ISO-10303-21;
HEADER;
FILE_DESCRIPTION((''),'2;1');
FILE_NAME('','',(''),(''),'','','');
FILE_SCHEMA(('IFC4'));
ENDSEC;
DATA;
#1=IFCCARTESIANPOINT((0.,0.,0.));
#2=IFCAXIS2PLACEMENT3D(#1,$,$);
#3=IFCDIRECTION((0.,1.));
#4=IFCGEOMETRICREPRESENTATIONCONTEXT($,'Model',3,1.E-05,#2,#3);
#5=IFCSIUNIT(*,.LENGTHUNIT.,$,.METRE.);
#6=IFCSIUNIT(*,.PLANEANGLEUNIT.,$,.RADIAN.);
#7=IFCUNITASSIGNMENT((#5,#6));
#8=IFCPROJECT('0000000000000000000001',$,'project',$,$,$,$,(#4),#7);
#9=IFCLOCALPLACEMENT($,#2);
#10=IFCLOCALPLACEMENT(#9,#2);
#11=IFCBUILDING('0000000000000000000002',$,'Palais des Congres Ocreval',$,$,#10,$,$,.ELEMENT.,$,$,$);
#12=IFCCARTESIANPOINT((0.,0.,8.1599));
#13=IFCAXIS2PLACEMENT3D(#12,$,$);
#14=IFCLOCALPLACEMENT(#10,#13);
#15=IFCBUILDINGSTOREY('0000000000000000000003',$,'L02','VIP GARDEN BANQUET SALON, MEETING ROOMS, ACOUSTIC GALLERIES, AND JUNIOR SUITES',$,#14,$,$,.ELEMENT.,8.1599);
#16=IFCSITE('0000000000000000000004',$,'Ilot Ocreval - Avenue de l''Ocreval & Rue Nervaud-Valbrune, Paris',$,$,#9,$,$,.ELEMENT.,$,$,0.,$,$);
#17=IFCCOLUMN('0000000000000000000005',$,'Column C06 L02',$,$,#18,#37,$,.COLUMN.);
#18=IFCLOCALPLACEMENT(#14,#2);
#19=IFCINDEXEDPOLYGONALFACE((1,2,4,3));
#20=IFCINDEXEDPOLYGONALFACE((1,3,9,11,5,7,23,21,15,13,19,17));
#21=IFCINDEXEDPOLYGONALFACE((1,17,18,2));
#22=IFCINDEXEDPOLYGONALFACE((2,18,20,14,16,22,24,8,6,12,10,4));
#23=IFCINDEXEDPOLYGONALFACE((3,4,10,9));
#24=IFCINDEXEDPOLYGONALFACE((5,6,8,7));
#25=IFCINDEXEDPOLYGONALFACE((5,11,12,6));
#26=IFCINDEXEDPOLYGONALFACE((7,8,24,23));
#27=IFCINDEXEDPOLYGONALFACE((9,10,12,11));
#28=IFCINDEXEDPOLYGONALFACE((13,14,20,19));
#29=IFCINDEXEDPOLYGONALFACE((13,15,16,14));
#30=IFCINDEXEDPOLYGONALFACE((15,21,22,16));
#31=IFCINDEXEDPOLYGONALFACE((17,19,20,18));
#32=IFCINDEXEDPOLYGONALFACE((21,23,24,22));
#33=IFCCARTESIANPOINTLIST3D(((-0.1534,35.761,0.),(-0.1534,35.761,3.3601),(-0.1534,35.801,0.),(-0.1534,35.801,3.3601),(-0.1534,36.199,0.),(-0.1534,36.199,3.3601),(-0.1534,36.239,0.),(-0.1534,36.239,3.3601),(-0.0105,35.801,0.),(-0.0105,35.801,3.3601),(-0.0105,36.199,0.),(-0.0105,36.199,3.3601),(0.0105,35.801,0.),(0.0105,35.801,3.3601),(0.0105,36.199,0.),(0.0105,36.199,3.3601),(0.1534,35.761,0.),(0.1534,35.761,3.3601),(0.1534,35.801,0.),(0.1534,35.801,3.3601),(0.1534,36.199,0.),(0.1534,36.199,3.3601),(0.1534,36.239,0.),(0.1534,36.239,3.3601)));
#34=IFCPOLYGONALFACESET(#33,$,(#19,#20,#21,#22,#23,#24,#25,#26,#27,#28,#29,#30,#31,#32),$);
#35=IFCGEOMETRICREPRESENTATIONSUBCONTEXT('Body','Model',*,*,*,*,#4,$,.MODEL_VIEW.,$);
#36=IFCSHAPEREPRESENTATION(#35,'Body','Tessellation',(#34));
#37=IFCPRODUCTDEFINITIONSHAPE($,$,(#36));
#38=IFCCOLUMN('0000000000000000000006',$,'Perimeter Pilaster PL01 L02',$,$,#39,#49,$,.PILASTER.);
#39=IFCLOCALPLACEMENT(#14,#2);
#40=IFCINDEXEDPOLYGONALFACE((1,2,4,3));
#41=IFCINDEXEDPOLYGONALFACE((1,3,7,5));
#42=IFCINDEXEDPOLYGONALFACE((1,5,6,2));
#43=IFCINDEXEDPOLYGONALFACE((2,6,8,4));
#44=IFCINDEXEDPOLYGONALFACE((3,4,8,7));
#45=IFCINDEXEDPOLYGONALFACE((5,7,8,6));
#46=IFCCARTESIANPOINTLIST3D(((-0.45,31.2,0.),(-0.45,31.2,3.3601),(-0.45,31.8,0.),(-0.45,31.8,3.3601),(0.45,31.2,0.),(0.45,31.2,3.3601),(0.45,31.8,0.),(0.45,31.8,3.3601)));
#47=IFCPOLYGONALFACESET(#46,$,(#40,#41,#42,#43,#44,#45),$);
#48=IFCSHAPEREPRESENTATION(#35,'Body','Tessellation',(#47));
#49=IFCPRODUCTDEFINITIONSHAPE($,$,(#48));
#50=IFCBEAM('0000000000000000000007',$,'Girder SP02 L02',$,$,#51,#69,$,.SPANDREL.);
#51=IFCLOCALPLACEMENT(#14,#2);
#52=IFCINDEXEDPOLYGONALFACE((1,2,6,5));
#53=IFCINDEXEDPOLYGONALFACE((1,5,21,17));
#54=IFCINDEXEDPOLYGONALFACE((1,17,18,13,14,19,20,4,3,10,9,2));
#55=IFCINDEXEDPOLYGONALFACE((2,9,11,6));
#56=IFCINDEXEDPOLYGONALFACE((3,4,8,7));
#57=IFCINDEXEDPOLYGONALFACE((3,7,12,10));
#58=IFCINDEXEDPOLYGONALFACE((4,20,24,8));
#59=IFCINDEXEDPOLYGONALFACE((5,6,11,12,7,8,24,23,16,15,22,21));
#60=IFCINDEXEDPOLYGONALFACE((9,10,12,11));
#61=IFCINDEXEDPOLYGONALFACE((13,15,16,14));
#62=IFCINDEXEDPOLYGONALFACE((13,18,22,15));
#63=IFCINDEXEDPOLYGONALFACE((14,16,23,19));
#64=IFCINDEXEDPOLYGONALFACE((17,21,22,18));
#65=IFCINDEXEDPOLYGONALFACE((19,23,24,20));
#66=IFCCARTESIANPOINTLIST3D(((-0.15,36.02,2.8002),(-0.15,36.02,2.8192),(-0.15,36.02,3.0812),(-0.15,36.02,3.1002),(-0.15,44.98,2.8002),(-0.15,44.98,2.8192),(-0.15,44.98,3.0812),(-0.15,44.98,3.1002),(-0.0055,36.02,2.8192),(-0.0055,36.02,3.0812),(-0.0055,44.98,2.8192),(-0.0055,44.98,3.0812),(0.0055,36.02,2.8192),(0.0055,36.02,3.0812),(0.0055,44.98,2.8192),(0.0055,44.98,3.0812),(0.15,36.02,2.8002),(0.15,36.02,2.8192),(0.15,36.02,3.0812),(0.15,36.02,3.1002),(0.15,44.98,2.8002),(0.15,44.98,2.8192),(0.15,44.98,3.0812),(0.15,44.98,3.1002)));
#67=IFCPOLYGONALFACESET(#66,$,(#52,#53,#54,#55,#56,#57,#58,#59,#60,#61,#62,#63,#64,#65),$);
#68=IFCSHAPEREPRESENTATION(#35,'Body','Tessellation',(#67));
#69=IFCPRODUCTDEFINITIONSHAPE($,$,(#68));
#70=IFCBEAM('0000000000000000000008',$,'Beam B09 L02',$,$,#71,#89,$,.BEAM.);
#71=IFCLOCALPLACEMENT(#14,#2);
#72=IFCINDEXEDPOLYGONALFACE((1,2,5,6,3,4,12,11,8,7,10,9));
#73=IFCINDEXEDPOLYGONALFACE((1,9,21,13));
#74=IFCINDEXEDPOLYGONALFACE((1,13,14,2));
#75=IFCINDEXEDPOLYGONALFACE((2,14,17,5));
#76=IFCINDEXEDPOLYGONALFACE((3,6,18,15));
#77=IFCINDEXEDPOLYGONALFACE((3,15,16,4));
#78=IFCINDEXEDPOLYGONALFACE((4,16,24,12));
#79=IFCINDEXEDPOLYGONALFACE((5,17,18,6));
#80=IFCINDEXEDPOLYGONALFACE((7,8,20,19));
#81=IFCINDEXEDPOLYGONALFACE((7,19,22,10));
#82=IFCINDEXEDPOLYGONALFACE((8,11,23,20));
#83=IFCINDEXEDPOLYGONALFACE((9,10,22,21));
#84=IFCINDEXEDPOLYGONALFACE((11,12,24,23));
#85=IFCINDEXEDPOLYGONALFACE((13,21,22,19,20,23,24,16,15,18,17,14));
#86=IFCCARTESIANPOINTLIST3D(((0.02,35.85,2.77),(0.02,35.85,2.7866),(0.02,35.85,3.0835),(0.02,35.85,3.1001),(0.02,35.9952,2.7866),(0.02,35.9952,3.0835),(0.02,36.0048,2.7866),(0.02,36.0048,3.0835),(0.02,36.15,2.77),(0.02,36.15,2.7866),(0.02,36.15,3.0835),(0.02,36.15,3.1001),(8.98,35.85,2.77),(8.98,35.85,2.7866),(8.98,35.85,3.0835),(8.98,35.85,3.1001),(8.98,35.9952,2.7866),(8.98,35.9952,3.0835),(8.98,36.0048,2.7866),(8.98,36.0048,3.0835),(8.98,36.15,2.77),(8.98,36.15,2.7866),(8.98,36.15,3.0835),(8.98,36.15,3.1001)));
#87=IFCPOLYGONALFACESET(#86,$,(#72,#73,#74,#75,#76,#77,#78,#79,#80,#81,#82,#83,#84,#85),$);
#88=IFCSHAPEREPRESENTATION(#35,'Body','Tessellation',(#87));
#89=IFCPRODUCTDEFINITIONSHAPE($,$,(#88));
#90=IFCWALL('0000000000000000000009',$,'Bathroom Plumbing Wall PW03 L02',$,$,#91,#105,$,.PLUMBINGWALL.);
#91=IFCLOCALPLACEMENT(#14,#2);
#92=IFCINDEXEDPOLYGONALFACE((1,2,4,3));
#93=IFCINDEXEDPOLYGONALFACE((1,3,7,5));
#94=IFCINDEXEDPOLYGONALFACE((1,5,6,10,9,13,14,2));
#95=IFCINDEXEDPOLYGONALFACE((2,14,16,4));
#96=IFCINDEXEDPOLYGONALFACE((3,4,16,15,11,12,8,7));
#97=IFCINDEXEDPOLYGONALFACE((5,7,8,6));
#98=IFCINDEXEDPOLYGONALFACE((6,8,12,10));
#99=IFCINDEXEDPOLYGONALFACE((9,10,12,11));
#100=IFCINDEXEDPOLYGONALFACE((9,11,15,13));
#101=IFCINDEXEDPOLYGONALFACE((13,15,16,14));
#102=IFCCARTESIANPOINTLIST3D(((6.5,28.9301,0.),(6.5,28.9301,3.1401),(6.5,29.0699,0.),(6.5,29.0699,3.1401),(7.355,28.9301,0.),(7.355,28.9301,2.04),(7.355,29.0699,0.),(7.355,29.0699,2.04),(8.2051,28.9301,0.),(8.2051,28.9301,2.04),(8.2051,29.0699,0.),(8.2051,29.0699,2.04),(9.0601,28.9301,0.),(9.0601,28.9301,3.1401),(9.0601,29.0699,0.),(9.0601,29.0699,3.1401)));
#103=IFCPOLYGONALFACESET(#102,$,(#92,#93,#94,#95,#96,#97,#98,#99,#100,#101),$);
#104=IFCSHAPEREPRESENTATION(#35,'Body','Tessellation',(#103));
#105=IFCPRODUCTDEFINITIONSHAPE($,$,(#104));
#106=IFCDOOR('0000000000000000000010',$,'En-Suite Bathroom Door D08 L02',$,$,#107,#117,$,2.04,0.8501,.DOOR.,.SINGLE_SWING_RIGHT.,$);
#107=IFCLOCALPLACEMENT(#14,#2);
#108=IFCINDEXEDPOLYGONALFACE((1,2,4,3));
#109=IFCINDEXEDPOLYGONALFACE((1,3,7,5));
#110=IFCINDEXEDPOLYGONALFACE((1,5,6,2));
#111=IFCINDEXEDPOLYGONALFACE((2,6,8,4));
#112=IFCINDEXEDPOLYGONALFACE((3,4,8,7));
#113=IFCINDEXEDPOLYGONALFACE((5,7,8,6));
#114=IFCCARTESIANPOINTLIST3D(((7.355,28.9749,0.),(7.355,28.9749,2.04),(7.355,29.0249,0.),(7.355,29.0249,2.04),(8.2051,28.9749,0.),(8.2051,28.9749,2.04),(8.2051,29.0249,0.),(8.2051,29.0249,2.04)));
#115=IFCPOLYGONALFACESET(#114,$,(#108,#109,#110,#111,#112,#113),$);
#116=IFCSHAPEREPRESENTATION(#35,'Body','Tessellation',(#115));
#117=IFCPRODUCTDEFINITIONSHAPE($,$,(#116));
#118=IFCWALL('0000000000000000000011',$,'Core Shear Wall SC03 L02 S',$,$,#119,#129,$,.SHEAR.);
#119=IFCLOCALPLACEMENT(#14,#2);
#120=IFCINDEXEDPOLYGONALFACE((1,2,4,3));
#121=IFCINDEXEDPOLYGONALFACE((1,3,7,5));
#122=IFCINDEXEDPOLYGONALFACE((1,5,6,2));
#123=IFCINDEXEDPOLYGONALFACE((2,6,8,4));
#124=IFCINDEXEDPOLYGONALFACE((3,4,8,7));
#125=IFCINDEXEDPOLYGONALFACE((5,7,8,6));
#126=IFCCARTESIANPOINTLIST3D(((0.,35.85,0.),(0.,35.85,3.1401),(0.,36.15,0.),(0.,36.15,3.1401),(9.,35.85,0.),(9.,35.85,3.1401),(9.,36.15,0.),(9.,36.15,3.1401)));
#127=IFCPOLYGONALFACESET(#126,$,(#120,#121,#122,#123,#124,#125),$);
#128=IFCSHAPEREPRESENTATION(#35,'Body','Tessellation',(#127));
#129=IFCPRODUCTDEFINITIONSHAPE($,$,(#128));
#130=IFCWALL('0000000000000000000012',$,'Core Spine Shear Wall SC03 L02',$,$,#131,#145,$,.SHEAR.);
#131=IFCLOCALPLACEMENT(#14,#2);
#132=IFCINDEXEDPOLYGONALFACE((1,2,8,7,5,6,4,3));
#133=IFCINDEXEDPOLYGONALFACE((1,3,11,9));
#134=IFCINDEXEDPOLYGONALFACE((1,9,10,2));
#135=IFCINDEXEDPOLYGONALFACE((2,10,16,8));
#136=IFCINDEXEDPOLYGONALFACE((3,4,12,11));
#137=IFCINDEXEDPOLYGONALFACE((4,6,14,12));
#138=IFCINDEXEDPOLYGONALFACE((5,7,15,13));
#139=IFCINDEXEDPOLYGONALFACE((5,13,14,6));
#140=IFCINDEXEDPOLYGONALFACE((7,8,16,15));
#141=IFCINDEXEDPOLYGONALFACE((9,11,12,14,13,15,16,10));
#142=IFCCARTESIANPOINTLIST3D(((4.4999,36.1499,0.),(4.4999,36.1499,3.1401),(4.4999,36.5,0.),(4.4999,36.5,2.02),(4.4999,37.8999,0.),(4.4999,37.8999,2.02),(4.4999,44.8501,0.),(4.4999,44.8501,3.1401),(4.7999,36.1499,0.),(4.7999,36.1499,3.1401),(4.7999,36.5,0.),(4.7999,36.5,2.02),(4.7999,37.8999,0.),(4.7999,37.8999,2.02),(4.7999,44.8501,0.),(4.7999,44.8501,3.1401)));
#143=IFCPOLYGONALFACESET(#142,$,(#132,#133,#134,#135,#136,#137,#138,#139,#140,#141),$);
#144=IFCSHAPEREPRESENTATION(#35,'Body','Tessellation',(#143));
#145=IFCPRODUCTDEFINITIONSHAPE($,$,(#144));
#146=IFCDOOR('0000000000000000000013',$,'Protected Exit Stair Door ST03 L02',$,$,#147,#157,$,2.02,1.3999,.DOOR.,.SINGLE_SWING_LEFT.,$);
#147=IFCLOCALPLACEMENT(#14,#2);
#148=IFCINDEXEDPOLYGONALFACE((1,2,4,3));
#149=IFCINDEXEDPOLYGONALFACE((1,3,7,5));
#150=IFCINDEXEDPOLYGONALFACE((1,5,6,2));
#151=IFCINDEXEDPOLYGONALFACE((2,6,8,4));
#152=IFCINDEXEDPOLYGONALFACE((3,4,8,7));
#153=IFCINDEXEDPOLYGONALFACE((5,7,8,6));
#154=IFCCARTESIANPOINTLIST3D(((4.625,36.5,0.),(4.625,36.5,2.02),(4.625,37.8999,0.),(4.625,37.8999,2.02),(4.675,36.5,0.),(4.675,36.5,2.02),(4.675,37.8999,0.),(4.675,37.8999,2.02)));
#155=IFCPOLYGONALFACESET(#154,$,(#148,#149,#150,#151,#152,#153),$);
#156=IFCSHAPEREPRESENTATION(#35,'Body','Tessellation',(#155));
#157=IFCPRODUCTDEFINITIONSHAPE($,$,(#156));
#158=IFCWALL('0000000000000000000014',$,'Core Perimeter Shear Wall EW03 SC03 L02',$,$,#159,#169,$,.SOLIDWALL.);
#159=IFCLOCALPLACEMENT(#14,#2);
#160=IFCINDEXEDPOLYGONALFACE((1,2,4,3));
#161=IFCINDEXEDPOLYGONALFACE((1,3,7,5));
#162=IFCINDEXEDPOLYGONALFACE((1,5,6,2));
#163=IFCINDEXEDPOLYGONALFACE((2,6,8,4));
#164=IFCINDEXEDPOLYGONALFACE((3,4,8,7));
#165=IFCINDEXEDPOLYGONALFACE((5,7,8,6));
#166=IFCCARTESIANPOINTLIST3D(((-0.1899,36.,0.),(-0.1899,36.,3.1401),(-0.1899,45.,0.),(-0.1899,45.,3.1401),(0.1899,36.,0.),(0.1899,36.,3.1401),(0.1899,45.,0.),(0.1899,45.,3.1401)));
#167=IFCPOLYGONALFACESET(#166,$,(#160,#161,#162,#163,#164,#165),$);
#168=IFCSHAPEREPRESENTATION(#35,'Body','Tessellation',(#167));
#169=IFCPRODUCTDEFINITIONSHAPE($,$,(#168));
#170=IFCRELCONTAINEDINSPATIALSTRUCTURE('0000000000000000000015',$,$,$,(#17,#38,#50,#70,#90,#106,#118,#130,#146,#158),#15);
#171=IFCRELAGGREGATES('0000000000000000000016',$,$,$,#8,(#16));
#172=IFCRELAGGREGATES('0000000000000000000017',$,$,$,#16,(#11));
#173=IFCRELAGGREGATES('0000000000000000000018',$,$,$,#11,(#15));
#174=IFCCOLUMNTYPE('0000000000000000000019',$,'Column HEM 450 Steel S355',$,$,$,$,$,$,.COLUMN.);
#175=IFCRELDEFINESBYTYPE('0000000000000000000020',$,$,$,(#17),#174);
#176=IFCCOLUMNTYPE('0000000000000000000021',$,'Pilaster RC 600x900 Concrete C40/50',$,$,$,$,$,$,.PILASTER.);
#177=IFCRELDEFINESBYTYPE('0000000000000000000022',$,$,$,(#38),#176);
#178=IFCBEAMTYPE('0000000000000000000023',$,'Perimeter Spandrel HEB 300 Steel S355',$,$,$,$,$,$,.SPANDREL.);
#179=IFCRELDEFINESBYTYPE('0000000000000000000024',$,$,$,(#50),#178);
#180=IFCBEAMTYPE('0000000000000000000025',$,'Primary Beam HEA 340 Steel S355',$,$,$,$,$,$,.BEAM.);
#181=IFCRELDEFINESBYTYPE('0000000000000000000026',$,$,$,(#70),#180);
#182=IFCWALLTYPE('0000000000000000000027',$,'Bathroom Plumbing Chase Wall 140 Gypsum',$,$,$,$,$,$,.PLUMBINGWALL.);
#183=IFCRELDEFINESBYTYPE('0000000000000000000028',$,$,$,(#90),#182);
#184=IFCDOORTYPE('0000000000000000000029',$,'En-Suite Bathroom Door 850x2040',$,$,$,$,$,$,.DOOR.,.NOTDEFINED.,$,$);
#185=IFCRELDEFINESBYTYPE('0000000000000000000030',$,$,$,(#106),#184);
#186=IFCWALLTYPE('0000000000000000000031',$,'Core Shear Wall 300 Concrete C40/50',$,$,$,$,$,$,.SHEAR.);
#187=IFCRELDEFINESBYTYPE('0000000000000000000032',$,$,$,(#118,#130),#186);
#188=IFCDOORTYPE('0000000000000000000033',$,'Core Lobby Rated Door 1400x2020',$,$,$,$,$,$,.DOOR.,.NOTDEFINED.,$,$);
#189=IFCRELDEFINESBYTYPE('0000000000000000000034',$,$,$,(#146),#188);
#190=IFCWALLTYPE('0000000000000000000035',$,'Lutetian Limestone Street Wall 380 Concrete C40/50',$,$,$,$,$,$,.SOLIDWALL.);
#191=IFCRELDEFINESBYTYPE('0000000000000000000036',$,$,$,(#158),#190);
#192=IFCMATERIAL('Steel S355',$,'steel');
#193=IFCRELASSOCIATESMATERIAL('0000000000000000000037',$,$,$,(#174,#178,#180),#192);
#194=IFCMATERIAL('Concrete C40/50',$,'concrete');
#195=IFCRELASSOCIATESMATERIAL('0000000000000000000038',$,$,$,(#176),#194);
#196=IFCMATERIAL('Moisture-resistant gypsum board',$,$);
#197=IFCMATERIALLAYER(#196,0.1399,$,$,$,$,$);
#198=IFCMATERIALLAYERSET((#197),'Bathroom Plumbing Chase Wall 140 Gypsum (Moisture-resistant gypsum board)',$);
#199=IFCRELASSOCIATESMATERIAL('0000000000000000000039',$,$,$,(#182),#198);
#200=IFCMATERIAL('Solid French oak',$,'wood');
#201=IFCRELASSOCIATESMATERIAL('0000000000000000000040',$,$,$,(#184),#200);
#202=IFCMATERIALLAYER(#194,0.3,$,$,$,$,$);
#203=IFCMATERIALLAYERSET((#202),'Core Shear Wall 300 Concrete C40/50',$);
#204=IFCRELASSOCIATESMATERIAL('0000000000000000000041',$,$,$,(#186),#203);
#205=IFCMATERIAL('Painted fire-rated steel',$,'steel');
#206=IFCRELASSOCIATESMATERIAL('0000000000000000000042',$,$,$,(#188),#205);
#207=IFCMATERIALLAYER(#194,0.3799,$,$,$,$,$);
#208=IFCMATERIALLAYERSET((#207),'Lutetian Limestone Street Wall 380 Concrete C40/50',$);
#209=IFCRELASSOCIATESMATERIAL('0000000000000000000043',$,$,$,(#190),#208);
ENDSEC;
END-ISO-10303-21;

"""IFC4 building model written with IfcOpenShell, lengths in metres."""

from ifc_helpers import new_model, si_unit, direction, frame, frame_2d, origin, origin_2d, place, context, subcontext, project, spatial, rectangle, i_section, extrude, material, layer, layer_set, material_profile, profile_set, type_object, element, fill, save


model = new_model("IFC4")

# Units and contexts
model_context = context("Model", 3, precision=1e-05, world=origin(), true_north=direction((0.0, 1.0)))
body_context = subcontext(model_context, "Body", "Model", "MODEL_VIEW")
ifc_project = project(units=[si_unit("LENGTHUNIT", "METRE"), si_unit("PLANEANGLEUNIT", "RADIAN")], contexts=[model_context])

# Site, building, storey
site_placement = place(None, origin())
site = spatial("IfcSite", under=ifc_project, at=site_placement, Name="Ilot Ocreval - Avenue de l'Ocreval & Rue Nervaud-Valbrune, Paris", CompositionType="ELEMENT", RefElevation=0.0)
building_placement = place(site_placement, origin())
building = spatial("IfcBuilding", under=site, at=building_placement, Name="Palais des Congres Ocreval", CompositionType="ELEMENT")
storey_placement = place(building_placement, frame((0.0, 0.0, 8.1599)))
storey = spatial("IfcBuildingStorey", under=building, at=storey_placement, Name="L02", Description="VIP GARDEN BANQUET SALON, MEETING ROOMS, ACOUSTIC GALLERIES, AND JUNIOR SUITES", CompositionType="ELEMENT", Elevation=8.1599)

# Columns
ifc_material_1 = material(Name="Steel S355", Category="steel")
ifc_material_profile_1 = material_profile(ifc_material_1, i_section(OverallWidth=0.3069, OverallDepth=0.478, WebThickness=0.021, FlangeThickness=0.04, at=origin_2d()), Name="HEM 450")
ifc_profile_set_1 = profile_set([ifc_material_profile_1], Name="Steel S355")
column_type_1 = type_object("IfcColumnType", Name="Column HEM 450 Steel S355", PredefinedType="COLUMN", material=ifc_profile_set_1)
column_1_placement = place(storey_placement, frame((0.0, 36.0, 0.0), z_axis=(0.0, 0.0, 1.0), x_axis=(1.0, 0.0, 0.0)))
element("IfcColumn", 1, at=column_1_placement, inside=storey, type_object=column_type_1, Name="Column C06 L02", PredefinedType="COLUMN", context=body_context, shape_type="SweptSolid", body=[
    extrude(i_section(OverallWidth=0.3069, OverallDepth=0.478, WebThickness=0.021, FlangeThickness=0.04, at=origin_2d()), origin(), (0.0, 0.0, 1.0), 3.3601),
])
ifc_material_2 = material(Name="Concrete C40/50", Category="concrete")
ifc_material_profile_2 = material_profile(ifc_material_2, rectangle(XDim=0.6001, YDim=0.8999, at=origin_2d()), Name="RC 600x900")
ifc_profile_set_2 = profile_set([ifc_material_profile_2], Name="Concrete C40/50")
column_type_2 = type_object("IfcColumnType", Name="Pilaster RC 600x900 Concrete C40/50", PredefinedType="PILASTER", material=ifc_profile_set_2)
column_2_placement = place(storey_placement, frame((0.0, 31.5, 0.0), z_axis=(0.0, 0.0, 1.0), x_axis=(0.0, 1.0, 0.0)))
element("IfcColumn", 2, at=column_2_placement, inside=storey, type_object=column_type_2, Name="Perimeter Pilaster PL01 L02", PredefinedType="PILASTER", context=body_context, shape_type="SweptSolid", body=[
    extrude(rectangle(XDim=0.6001, YDim=0.8999, at=origin_2d()), origin(), (0.0, 0.0, 1.0), 3.3601),
])

# Beams
ifc_material_profile_3 = material_profile(ifc_material_1, i_section(OverallWidth=0.3, OverallDepth=0.3, WebThickness=0.011, FlangeThickness=0.019, at=origin_2d()), Name="HEB 300")
ifc_profile_set_3 = profile_set([ifc_material_profile_3], Name="Steel S355")
beam_type_1 = type_object("IfcBeamType", Name="Perimeter Spandrel HEB 300 Steel S355", PredefinedType="SPANDREL", material=ifc_profile_set_3)
beam_1_placement = place(storey_placement, frame((0.0, 36.02, 2.9502), z_axis=(0.0, 1.0, 0.0), x_axis=(-1.0, 0.0, 0.0)))
element("IfcBeam", 3, at=beam_1_placement, inside=storey, type_object=beam_type_1, Name="Girder SP02 L02", PredefinedType="SPANDREL", context=body_context, shape_type="SweptSolid", body=[
    extrude(i_section(OverallWidth=0.3, OverallDepth=0.3, WebThickness=0.011, FlangeThickness=0.019, at=origin_2d()), origin(), (0.0, 0.0, 1.0), 8.96),
])
ifc_material_profile_4 = material_profile(ifc_material_1, i_section(OverallWidth=0.3, OverallDepth=0.3301, WebThickness=0.0095, FlangeThickness=0.0166, at=origin_2d()), Name="HEA 340")
ifc_profile_set_4 = profile_set([ifc_material_profile_4], Name="Steel S355")
beam_type_2 = type_object("IfcBeamType", Name="Primary Beam HEA 340 Steel S355", PredefinedType="BEAM", material=ifc_profile_set_4)
beam_2_placement = place(storey_placement, frame((0.02, 36.0, 2.9351), z_axis=(1.0, 0.0, 0.0), x_axis=(0.0, 1.0, 0.0)))
element("IfcBeam", 4, at=beam_2_placement, inside=storey, type_object=beam_type_2, Name="Beam B09 L02", PredefinedType="BEAM", context=body_context, shape_type="SweptSolid", body=[
    extrude(i_section(OverallWidth=0.3, OverallDepth=0.3301, WebThickness=0.0095, FlangeThickness=0.0166, at=origin_2d()), origin(), (0.0, 0.0, 1.0), 8.96),
])

# Wall, opening, door
ifc_material_3 = material(Name="Moisture-resistant gypsum board")
ifc_layer_1 = layer(ifc_material_3, 0.1399)
ifc_layer_set_1 = layer_set([ifc_layer_1], Name="Bathroom Plumbing Chase Wall 140 Gypsum (Moisture-resistant gypsum board)")
wall_type_1 = type_object("IfcWallType", Name="Bathroom Plumbing Chase Wall 140 Gypsum", PredefinedType="PLUMBINGWALL", material=ifc_layer_set_1)
wall_1_placement = place(storey_placement, frame((6.5, 29.0, 0.0), z_axis=(0.0, 0.0, 1.0), x_axis=(1.0, 0.0, 0.0)))
wall_1 = element("IfcWall", 5, at=wall_1_placement, inside=storey, type_object=wall_type_1, Name="Bathroom Plumbing Wall PW03 L02", PredefinedType="PLUMBINGWALL", context=body_context, shape_type="SweptSolid", body=[
    extrude(rectangle(XDim=2.5601, YDim=0.1399, at=frame_2d((1.28, 0.0))), origin(), (0.0, 0.0, 1.0), 3.1401),
])
opening_1_placement = place(wall_1_placement, frame((0.855, 0.0, 0.0)))
opening_1 = element("IfcOpeningElement", 6, at=opening_1_placement, cuts=wall_1, PredefinedType="OPENING", context=body_context, shape_type="SweptSolid", body=[
    extrude(rectangle(XDim=0.8501, YDim=2.04, at=frame_2d((0.425, 1.02))), frame((0.0, 0.0798, 0.0), z_axis=(0.0, -1.0, 0.0), x_axis=(1.0, 0.0, 0.0)), (0.0, 0.0, 1.0), 0.1599),
])
ifc_material_4 = material(Name="Solid French oak", Category="wood")
door_type_1 = type_object("IfcDoorType", Name="En-Suite Bathroom Door 850x2040", OperationType="NOTDEFINED", PredefinedType="DOOR", material=ifc_material_4)
door_1_placement = place(opening_1_placement, origin())
door_1 = element("IfcDoor", 7, at=door_1_placement, inside=storey, type_object=door_type_1, Name="En-Suite Bathroom Door D08 L02", OperationType="SINGLE_SWING_RIGHT", OverallHeight=2.04, OverallWidth=0.8501, PredefinedType="DOOR", context=body_context, shape_type="SweptSolid", body=[
    extrude(rectangle(XDim=0.8501, YDim=2.04, at=frame_2d((0.425, 1.02))), frame((0.0, 0.0249, 0.0), z_axis=(0.0, -1.0, 0.0), x_axis=(1.0, 0.0, 0.0)), (0.0, 0.0, 1.0), 0.05),
])
fill(opening_1, door_1)

# Wall
ifc_layer_2 = layer(ifc_material_2, 0.3)
ifc_layer_set_2 = layer_set([ifc_layer_2], Name="Core Shear Wall 300 Concrete C40/50")
wall_type_2 = type_object("IfcWallType", Name="Core Shear Wall 300 Concrete C40/50", PredefinedType="SHEAR", material=ifc_layer_set_2)
wall_2_placement = place(storey_placement, frame((0.0, 36.0, 0.0), z_axis=(0.0, 0.0, 1.0), x_axis=(1.0, 0.0, 0.0)))
element("IfcWall", 8, at=wall_2_placement, inside=storey, type_object=wall_type_2, Name="Core Shear Wall SC03 L02 S", PredefinedType="SHEAR", context=body_context, shape_type="SweptSolid", body=[
    extrude(rectangle(XDim=9.0, YDim=0.3, at=frame_2d((4.5, 0.0))), origin(), (0.0, 0.0, 1.0), 3.1401),
])

# Wall, opening, door
wall_3_placement = place(storey_placement, frame((4.6499, 36.1499, 0.0), z_axis=(0.0, 0.0, 1.0), x_axis=(0.0, 1.0, 0.0)))
wall_3 = element("IfcWall", 9, at=wall_3_placement, inside=storey, type_object=wall_type_2, Name="Core Spine Shear Wall SC03 L02", PredefinedType="SHEAR", context=body_context, shape_type="SweptSolid", body=[
    extrude(rectangle(XDim=8.7002, YDim=0.3, at=frame_2d((4.3501, 0.0))), origin(), (0.0, 0.0, 1.0), 3.1401),
])
opening_2_placement = place(wall_3_placement, frame((0.3501, 0.0, 0.0)))
opening_2 = element("IfcOpeningElement", 10, at=opening_2_placement, cuts=wall_3, PredefinedType="OPENING", context=body_context, shape_type="SweptSolid", body=[
    extrude(rectangle(XDim=1.3999, YDim=2.02, at=frame_2d((0.7, 1.01))), frame((0.0, 0.1599, 0.0), z_axis=(0.0, -1.0, 0.0), x_axis=(1.0, 0.0, 0.0)), (0.0, 0.0, 1.0), 0.3201),
])
ifc_material_5 = material(Name="Painted fire-rated steel", Category="steel")
door_type_2 = type_object("IfcDoorType", Name="Core Lobby Rated Door 1400x2020", OperationType="NOTDEFINED", PredefinedType="DOOR", material=ifc_material_5)
door_2_placement = place(opening_2_placement, origin())
door_2 = element("IfcDoor", 11, at=door_2_placement, inside=storey, type_object=door_type_2, Name="Protected Exit Stair Door ST03 L02", OperationType="SINGLE_SWING_LEFT", OverallHeight=2.02, OverallWidth=1.3999, PredefinedType="DOOR", context=body_context, shape_type="SweptSolid", body=[
    extrude(rectangle(XDim=1.3999, YDim=2.02, at=frame_2d((0.7, 1.01))), frame((0.0, 0.0249, 0.0), z_axis=(0.0, -1.0, 0.0), x_axis=(1.0, 0.0, 0.0)), (0.0, 0.0, 1.0), 0.05),
])
fill(opening_2, door_2)

# Wall
ifc_layer_3 = layer(ifc_material_2, 0.3799)
ifc_layer_set_3 = layer_set([ifc_layer_3], Name="Lutetian Limestone Street Wall 380 Concrete C40/50")
wall_type_3 = type_object("IfcWallType", Name="Lutetian Limestone Street Wall 380 Concrete C40/50", PredefinedType="SOLIDWALL", material=ifc_layer_set_3)
wall_4_placement = place(storey_placement, frame((0.0, 36.0, 0.0), z_axis=(0.0, 0.0, 1.0), x_axis=(0.0, 1.0, 0.0)))
element("IfcWall", 12, at=wall_4_placement, inside=storey, type_object=wall_type_3, Name="Core Perimeter Shear Wall EW03 SC03 L02", PredefinedType="SOLIDWALL", context=body_context, shape_type="SweptSolid", body=[
    extrude(rectangle(XDim=9.0, YDim=0.3799, at=frame_2d((4.5, 0.0))), origin(), (0.0, 0.0, 1.0), 3.1401),
])

save(model, "model.ifc")
